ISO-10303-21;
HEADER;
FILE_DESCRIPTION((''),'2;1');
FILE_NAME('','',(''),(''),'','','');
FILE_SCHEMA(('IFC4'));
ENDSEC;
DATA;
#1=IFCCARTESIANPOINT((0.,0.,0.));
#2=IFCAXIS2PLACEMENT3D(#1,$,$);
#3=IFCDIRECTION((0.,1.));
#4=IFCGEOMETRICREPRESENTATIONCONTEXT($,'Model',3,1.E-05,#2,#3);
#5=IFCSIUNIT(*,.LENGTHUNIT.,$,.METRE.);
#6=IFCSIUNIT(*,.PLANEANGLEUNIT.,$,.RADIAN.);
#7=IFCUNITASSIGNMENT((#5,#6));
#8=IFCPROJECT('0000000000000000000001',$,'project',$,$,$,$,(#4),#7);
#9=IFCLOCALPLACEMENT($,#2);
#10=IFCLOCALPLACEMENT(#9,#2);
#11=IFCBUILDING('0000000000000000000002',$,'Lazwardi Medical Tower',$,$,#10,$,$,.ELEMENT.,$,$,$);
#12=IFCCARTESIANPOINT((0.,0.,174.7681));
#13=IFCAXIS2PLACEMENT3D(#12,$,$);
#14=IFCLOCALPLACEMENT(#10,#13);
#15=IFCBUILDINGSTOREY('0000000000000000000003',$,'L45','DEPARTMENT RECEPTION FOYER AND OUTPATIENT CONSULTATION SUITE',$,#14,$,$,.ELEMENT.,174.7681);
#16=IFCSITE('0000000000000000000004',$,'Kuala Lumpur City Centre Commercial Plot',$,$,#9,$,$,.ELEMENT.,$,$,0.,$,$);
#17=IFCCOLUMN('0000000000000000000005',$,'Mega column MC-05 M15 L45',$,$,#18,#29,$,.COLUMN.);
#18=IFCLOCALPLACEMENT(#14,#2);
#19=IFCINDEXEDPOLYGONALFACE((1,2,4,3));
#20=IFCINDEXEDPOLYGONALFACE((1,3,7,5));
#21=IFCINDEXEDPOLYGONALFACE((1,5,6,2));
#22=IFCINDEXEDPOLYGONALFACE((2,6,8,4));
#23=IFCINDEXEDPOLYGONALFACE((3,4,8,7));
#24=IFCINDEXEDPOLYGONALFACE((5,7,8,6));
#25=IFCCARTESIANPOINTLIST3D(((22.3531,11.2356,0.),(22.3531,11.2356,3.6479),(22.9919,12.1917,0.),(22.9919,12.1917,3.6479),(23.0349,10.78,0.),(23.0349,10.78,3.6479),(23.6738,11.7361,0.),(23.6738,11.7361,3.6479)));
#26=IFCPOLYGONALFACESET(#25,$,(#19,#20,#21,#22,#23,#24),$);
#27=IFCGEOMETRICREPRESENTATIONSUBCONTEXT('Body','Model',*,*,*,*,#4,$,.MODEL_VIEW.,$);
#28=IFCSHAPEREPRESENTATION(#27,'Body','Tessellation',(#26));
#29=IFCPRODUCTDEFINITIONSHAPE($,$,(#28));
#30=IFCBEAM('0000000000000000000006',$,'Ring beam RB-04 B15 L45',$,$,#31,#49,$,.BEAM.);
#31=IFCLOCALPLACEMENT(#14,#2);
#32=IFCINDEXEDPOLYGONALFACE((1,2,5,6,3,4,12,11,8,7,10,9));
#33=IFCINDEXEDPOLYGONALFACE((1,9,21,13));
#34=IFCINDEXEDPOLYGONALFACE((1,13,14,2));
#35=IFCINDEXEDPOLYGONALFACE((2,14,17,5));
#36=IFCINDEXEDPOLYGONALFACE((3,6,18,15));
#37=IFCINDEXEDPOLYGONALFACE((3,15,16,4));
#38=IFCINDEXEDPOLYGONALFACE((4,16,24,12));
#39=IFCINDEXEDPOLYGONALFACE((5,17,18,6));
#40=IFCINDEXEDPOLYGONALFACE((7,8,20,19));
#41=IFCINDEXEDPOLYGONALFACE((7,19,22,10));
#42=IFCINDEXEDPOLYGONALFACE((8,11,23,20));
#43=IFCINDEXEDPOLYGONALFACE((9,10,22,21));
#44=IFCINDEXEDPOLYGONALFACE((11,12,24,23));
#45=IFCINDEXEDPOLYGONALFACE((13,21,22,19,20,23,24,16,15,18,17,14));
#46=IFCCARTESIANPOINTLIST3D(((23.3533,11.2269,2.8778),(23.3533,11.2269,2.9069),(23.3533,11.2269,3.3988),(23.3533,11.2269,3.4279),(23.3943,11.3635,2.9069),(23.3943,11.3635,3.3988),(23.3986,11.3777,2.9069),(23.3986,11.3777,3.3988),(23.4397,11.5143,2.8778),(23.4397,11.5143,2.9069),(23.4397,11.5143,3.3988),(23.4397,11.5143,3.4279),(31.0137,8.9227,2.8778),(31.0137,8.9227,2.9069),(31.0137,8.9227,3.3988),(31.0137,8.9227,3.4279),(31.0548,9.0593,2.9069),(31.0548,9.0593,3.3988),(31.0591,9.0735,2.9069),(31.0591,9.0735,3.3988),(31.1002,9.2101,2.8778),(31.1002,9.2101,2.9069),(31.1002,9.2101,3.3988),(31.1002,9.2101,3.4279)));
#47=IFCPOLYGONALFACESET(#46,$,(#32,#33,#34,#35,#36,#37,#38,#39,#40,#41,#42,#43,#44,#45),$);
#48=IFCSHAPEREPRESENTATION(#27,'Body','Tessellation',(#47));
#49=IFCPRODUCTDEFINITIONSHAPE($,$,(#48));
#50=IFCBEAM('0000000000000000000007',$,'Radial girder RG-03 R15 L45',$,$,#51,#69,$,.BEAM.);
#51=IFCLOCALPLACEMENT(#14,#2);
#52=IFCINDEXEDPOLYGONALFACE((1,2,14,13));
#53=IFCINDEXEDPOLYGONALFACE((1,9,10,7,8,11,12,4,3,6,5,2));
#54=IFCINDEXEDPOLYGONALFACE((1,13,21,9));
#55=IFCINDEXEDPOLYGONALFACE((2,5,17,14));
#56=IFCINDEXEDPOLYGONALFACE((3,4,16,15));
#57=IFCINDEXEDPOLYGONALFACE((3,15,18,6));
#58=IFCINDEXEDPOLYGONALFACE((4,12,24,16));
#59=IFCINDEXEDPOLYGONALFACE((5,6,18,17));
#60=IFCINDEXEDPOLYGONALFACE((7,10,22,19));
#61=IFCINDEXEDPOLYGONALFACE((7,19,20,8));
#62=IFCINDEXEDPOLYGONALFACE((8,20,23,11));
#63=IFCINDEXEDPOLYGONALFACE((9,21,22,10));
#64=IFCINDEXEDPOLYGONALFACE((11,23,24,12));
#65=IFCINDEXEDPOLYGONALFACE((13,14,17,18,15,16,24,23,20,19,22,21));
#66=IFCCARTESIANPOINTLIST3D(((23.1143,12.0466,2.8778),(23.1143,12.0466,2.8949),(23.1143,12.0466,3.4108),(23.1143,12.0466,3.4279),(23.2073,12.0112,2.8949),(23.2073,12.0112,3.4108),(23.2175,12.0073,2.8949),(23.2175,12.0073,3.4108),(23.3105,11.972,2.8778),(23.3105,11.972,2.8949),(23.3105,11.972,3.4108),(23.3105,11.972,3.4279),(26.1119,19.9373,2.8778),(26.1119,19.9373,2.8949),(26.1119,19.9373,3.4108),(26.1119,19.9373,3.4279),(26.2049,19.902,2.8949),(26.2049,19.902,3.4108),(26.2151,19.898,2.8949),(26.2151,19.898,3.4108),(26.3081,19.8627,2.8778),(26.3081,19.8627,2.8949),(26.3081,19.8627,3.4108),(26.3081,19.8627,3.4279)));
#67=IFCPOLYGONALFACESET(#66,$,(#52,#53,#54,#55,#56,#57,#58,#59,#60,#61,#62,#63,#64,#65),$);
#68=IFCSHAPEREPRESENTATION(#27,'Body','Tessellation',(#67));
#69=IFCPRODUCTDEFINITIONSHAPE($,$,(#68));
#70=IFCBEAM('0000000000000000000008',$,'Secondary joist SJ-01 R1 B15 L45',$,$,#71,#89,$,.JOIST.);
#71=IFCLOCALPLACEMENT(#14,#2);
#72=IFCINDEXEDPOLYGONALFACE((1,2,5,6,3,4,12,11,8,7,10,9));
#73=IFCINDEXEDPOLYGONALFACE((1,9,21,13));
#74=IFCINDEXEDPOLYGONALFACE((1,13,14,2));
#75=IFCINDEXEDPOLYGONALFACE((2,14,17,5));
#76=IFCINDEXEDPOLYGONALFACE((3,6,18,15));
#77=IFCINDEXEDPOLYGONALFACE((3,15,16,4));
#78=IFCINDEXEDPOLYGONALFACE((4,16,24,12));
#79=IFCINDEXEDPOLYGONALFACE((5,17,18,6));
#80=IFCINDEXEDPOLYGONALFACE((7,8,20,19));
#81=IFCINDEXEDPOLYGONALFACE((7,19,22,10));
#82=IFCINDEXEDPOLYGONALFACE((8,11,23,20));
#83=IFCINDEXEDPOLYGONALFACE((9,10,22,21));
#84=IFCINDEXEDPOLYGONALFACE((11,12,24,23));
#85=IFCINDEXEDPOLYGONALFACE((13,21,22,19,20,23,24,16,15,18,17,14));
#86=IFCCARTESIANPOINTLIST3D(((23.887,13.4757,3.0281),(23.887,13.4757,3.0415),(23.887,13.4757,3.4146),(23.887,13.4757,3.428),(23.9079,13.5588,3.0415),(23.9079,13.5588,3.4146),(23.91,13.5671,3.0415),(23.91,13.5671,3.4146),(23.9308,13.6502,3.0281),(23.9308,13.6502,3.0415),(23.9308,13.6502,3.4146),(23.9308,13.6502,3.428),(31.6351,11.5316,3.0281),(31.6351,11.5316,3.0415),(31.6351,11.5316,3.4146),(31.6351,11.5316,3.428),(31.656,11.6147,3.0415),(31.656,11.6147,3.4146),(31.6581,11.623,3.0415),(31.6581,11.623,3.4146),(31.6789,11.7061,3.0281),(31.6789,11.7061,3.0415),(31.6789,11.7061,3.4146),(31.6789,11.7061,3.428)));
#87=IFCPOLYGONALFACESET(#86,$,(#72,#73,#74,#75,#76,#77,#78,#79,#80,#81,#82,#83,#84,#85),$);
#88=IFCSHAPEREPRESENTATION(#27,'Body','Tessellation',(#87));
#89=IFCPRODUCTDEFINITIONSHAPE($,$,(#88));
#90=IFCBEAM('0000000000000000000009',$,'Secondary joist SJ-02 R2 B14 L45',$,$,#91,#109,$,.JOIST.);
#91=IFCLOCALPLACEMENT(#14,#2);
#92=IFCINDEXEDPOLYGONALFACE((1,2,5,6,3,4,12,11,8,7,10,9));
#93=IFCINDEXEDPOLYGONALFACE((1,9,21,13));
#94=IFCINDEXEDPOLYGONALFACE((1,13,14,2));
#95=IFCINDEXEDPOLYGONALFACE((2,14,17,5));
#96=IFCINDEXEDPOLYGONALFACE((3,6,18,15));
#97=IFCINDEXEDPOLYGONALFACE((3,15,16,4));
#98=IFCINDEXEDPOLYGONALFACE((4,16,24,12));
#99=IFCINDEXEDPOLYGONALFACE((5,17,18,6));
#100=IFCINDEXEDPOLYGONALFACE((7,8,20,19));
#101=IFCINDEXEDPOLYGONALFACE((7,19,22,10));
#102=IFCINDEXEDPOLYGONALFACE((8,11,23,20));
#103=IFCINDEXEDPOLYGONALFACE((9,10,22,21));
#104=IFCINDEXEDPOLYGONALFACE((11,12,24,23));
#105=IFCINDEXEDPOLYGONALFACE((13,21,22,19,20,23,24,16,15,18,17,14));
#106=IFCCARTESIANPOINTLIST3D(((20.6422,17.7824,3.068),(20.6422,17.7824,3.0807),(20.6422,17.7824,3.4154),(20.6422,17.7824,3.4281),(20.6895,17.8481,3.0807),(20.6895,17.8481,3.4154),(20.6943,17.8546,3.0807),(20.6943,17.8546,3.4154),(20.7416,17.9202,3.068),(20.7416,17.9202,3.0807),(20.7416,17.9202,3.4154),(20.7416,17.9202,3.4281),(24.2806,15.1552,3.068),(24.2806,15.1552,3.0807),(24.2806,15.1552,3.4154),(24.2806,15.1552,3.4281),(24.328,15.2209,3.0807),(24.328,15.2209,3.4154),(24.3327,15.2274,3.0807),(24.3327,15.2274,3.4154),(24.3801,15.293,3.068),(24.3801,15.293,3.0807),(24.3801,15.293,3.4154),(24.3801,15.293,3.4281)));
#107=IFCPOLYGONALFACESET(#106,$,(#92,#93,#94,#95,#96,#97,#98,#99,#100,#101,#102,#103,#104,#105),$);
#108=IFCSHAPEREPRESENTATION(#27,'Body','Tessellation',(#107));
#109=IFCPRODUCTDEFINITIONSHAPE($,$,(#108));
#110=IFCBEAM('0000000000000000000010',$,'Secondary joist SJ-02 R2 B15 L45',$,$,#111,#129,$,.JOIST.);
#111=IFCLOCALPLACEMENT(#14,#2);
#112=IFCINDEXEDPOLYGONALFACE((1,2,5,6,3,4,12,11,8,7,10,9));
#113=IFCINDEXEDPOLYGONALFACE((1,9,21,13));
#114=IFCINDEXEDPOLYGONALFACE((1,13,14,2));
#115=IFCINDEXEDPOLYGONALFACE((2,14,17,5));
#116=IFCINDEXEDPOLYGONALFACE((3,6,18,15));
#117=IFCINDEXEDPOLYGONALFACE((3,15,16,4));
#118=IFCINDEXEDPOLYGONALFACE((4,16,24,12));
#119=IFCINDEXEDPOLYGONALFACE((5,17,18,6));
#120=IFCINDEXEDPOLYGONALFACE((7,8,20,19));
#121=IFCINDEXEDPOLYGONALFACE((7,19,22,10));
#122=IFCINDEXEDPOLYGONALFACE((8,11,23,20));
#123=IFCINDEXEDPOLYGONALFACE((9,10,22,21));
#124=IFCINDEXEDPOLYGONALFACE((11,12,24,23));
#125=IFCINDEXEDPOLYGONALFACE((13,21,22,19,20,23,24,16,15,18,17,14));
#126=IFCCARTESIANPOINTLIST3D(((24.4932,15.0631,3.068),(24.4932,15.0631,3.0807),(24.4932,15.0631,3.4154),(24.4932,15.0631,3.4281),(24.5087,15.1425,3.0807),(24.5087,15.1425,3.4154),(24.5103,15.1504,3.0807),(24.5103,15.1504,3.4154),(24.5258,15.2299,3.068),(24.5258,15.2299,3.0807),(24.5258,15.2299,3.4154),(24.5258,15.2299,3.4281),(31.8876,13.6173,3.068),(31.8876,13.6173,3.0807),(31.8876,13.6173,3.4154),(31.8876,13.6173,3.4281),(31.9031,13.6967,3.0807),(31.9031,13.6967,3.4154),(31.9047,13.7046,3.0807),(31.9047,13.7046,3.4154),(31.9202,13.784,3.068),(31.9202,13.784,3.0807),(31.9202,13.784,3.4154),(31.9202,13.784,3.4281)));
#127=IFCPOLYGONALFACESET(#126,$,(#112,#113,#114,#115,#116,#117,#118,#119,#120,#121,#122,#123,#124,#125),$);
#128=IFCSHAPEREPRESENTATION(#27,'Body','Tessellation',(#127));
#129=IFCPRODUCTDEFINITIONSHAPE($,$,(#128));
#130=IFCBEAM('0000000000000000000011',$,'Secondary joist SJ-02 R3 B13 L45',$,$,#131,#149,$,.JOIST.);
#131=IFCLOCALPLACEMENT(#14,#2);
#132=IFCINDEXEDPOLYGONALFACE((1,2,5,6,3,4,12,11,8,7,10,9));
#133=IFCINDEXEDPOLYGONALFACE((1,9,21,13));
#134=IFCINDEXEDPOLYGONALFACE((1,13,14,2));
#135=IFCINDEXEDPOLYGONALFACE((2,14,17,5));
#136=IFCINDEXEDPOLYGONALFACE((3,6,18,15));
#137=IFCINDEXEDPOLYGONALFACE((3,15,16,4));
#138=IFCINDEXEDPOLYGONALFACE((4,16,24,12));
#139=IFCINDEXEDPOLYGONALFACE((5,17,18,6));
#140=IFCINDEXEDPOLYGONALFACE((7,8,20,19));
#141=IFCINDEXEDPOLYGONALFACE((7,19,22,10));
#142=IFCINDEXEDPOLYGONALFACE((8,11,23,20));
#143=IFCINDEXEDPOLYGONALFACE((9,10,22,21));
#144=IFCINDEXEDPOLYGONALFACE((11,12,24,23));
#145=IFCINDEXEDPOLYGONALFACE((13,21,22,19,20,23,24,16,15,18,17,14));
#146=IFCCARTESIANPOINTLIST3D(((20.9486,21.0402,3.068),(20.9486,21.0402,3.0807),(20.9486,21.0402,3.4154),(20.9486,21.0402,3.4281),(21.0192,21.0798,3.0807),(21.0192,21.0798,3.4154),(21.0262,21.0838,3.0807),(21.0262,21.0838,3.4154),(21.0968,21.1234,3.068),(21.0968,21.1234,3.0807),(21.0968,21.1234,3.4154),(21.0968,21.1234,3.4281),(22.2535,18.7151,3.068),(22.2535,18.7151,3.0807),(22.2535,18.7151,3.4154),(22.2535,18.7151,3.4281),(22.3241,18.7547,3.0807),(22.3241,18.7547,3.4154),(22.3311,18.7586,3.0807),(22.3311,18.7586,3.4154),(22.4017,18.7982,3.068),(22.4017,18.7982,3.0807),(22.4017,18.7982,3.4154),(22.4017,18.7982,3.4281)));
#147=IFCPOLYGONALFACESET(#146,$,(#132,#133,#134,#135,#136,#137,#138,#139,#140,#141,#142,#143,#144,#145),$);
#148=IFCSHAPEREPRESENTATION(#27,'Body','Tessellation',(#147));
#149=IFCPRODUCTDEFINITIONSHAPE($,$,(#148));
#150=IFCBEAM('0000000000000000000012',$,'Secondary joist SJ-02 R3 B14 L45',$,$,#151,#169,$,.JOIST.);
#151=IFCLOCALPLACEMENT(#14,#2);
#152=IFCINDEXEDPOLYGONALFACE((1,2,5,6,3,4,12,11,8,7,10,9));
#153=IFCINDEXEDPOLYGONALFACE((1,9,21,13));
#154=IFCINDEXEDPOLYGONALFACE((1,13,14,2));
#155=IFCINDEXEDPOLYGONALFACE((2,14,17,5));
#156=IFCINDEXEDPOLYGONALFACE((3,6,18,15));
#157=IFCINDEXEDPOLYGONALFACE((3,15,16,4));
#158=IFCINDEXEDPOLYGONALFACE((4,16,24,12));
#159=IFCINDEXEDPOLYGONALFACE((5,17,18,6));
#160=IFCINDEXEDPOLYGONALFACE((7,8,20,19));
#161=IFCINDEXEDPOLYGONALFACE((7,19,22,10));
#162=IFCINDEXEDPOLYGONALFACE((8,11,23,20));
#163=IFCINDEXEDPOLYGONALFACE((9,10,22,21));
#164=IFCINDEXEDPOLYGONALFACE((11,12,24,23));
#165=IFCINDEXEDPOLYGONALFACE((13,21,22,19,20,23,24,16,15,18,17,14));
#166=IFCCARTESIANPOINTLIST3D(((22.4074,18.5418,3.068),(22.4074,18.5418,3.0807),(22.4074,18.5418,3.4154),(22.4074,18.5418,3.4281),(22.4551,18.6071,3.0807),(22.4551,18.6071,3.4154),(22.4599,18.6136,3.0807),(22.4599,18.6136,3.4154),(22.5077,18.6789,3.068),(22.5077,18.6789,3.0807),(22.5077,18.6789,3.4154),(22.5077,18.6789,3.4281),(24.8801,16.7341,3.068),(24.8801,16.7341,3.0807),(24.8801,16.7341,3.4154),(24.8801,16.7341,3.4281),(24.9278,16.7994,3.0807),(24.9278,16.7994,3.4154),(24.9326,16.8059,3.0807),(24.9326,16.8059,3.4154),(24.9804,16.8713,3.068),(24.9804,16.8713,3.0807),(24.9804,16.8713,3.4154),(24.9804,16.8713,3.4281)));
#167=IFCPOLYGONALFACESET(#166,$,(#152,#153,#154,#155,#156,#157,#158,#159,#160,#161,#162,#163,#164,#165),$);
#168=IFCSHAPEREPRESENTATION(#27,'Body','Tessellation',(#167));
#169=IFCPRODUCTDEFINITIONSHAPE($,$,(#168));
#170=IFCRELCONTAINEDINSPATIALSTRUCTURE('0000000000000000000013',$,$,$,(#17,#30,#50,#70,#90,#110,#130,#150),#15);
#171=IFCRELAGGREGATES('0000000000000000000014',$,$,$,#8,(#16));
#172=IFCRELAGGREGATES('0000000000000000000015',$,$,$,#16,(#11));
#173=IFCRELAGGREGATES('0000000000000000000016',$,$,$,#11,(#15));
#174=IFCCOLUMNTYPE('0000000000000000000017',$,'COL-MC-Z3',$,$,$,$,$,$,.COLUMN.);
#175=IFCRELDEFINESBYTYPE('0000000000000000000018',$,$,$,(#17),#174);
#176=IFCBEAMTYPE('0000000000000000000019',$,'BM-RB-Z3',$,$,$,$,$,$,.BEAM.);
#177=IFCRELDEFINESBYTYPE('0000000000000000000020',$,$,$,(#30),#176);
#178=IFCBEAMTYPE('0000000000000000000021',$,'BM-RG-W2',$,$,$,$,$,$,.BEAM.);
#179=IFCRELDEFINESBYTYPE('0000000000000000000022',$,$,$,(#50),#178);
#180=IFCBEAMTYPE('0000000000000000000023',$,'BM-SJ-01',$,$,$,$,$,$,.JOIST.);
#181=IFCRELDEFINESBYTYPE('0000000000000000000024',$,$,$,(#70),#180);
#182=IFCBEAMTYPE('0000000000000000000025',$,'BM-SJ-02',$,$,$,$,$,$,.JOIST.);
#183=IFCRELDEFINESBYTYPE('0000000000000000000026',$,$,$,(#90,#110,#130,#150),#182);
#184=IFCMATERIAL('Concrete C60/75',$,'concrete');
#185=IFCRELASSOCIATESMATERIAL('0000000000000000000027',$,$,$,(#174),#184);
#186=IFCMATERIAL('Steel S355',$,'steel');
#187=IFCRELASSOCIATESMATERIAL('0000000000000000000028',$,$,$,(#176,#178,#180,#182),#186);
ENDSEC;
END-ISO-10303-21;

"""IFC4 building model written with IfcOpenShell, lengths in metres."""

from ifc_helpers import new_model, si_unit, direction, frame, origin, origin_2d, place, context, subcontext, project, spatial, rectangle, i_section, extrude, material, material_profile, profile_set, type_object, element, save


model = new_model("IFC4")

# Units and contexts
model_context = context("Model", 3, precision=1e-05, world=origin(), true_north=direction((0.0, 1.0)))
body_context = subcontext(model_context, "Body", "Model", "MODEL_VIEW")
ifc_project = project(units=[si_unit("LENGTHUNIT", "METRE"), si_unit("PLANEANGLEUNIT", "RADIAN")], contexts=[model_context])

# Site, building, storey
site_placement = place(None, origin())
site = spatial("IfcSite", under=ifc_project, at=site_placement, Name="Kuala Lumpur City Centre Commercial Plot", CompositionType="ELEMENT", RefElevation=0.0)
building_placement = place(site_placement, origin())
building = spatial("IfcBuilding", under=site, at=building_placement, Name="Lazwardi Medical Tower", CompositionType="ELEMENT")
storey_placement = place(building_placement, frame((0.0, 0.0, 174.7681)))
storey = spatial("IfcBuildingStorey", under=building, at=storey_placement, Name="L45", Description="DEPARTMENT RECEPTION FOYER AND OUTPATIENT CONSULTATION SUITE", CompositionType="ELEMENT", Elevation=174.7681)

# Column
ifc_material_1 = material(Name="Concrete C60/75", Category="concrete")
ifc_material_profile_1 = material_profile(ifc_material_1, rectangle(XDim=1.1499, YDim=0.8201, at=origin_2d()), Name="CFT-RECT 1150x820")
ifc_profile_set_1 = profile_set([ifc_material_profile_1], Name="Concrete C60/75")
column_type = type_object("IfcColumnType", Name="COL-MC-Z3", PredefinedType="COLUMN", material=ifc_profile_set_1)
column_placement = place(storey_placement, frame((23.0134, 11.4858, 0.0), z_axis=(0.0, 0.0, 1.0), x_axis=(-0.55557, -0.83147, 0.0)))
element("IfcColumn", 1, at=column_placement, inside=storey, type_object=column_type, Name="Mega column MC-05 M15 L45", PredefinedType="COLUMN", context=body_context, shape_type="SweptSolid", body=[
    extrude(rectangle(XDim=1.1499, YDim=0.8201, at=origin_2d()), origin(), (0.0, 0.0, 1.0), 3.6479),
])

# Beams
ifc_material_2 = material(Name="Steel S355", Category="steel")
ifc_material_profile_2 = material_profile(ifc_material_2, i_section(OverallWidth=0.3, OverallDepth=0.55, WebThickness=0.0149, FlangeThickness=0.0291, at=origin_2d()), Name="HEB 550")
ifc_profile_set_2 = profile_set([ifc_material_profile_2], Name="Steel S355")
beam_type_1 = type_object("IfcBeamType", Name="BM-RB-Z3", PredefinedType="BEAM", material=ifc_profile_set_2)
beam_1_placement = place(storey_placement, frame((23.3965, 11.3706, 3.1528), z_axis=(0.957617, -0.288045, 0.0), x_axis=(0.288045, 0.957617, 0.0)))
element("IfcBeam", 2, at=beam_1_placement, inside=storey, type_object=beam_type_1, Name="Ring beam RB-04 B15 L45", PredefinedType="BEAM", context=body_context, shape_type="SweptSolid", body=[
    extrude(i_section(OverallWidth=0.3, OverallDepth=0.55, WebThickness=0.0149, FlangeThickness=0.0291, at=origin_2d()), origin(), (0.0, 0.0, 1.0), 7.9995),
])
ifc_material_profile_3 = material_profile(ifc_material_2, i_section(OverallWidth=0.21, OverallDepth=0.55, WebThickness=0.011, FlangeThickness=0.0171, at=origin_2d()), Name="IPE 550")
ifc_profile_set_3 = profile_set([ifc_material_profile_3], Name="Steel S355")
beam_type_2 = type_object("IfcBeamType", Name="BM-RG-W2", PredefinedType="BEAM", material=ifc_profile_set_3)
beam_2_placement = place(storey_placement, frame((23.2124, 12.0093, 3.1528), z_axis=(0.355127, 0.934818, 0.0), x_axis=(-0.934818, 0.355127, 0.0)))
element("IfcBeam", 3, at=beam_2_placement, inside=storey, type_object=beam_type_2, Name="Radial girder RG-03 R15 L45", PredefinedType="BEAM", context=body_context, shape_type="SweptSolid", body=[
    extrude(i_section(OverallWidth=0.21, OverallDepth=0.55, WebThickness=0.011, FlangeThickness=0.0171, at=origin_2d()), origin(), (0.0, 0.0, 1.0), 8.4409),
])
ifc_material_profile_4 = material_profile(ifc_material_2, i_section(OverallWidth=0.1799, OverallDepth=0.3999, WebThickness=0.0085, FlangeThickness=0.0134, at=origin_2d()), Name="IPE 400")
ifc_profile_set_4 = profile_set([ifc_material_profile_4], Name="Steel S355")
beam_type_3 = type_object("IfcBeamType", Name="BM-SJ-01", PredefinedType="JOIST", material=ifc_profile_set_4)
beam_3_placement = place(storey_placement, frame((23.9089, 13.563, 3.228), z_axis=(0.969934, -0.24337, 0.0), x_axis=(0.24337, 0.969934, 0.0)))
element("IfcBeam", 4, at=beam_3_placement, inside=storey, type_object=beam_type_3, Name="Secondary joist SJ-01 R1 B15 L45", PredefinedType="JOIST", context=body_context, shape_type="SweptSolid", body=[
    extrude(i_section(OverallWidth=0.1799, OverallDepth=0.3999, WebThickness=0.0085, FlangeThickness=0.0134, at=origin_2d()), origin(), (0.0, 0.0, 1.0), 7.9883),
])
ifc_material_profile_5 = material_profile(ifc_material_2, i_section(OverallWidth=0.1699, OverallDepth=0.3601, WebThickness=0.0081, FlangeThickness=0.0127, at=origin_2d()), Name="IPE 360")
ifc_profile_set_5 = profile_set([ifc_material_profile_5], Name="Steel S355")
beam_type_4 = type_object("IfcBeamType", Name="BM-SJ-02", PredefinedType="JOIST", material=ifc_profile_set_5)
beam_4_placement = place(storey_placement, frame((20.6919, 17.8513, 3.248), z_axis=(0.810738, -0.585409, 0.0), x_axis=(0.585409, 0.810738, 0.0)))
element("IfcBeam", 5, at=beam_4_placement, inside=storey, type_object=beam_type_4, Name="Secondary joist SJ-02 R2 B14 L45", PredefinedType="JOIST", context=body_context, shape_type="SweptSolid", body=[
    extrude(i_section(OverallWidth=0.1699, OverallDepth=0.3601, WebThickness=0.0081, FlangeThickness=0.0127, at=origin_2d()), origin(), (0.0, 0.0, 1.0), 4.4878),
])
beam_5_placement = place(storey_placement, frame((24.5095, 15.1465, 3.248), z_axis=(0.981415, -0.191896, 0.0), x_axis=(0.191896, 0.981415, 0.0)))
element("IfcBeam", 6, at=beam_5_placement, inside=storey, type_object=beam_type_4, Name="Secondary joist SJ-02 R2 B15 L45", PredefinedType="JOIST", context=body_context, shape_type="SweptSolid", body=[
    extrude(i_section(OverallWidth=0.1699, OverallDepth=0.3601, WebThickness=0.0081, FlangeThickness=0.0127, at=origin_2d()), origin(), (0.0, 0.0, 1.0), 7.5344),
])
beam_6_placement = place(storey_placement, frame((21.0227, 21.0818, 3.248), z_axis=(0.489409, -0.872054, 0.0), x_axis=(0.872054, 0.489409, 0.0)))
element("IfcBeam", 7, at=beam_6_placement, inside=storey, type_object=beam_type_4, Name="Secondary joist SJ-02 R3 B13 L45", PredefinedType="JOIST", context=body_context, shape_type="SweptSolid", body=[
    extrude(i_section(OverallWidth=0.1699, OverallDepth=0.3601, WebThickness=0.0081, FlangeThickness=0.0127, at=origin_2d()), origin(), (0.0, 0.0, 1.0), 2.6663),
])
beam_7_placement = place(storey_placement, frame((22.4575, 18.6104, 3.248), z_axis=(0.807286, -0.59016, 0.0), x_axis=(0.59016, 0.807286, 0.0)))
element("IfcBeam", 8, at=beam_7_placement, inside=storey, type_object=beam_type_4, Name="Secondary joist SJ-02 R3 B14 L45", PredefinedType="JOIST", context=body_context, shape_type="SweptSolid", body=[
    extrude(i_section(OverallWidth=0.1699, OverallDepth=0.3601, WebThickness=0.0081, FlangeThickness=0.0127, at=origin_2d()), origin(), (0.0, 0.0, 1.0), 3.063),
])

save(model, "model.ifc")
